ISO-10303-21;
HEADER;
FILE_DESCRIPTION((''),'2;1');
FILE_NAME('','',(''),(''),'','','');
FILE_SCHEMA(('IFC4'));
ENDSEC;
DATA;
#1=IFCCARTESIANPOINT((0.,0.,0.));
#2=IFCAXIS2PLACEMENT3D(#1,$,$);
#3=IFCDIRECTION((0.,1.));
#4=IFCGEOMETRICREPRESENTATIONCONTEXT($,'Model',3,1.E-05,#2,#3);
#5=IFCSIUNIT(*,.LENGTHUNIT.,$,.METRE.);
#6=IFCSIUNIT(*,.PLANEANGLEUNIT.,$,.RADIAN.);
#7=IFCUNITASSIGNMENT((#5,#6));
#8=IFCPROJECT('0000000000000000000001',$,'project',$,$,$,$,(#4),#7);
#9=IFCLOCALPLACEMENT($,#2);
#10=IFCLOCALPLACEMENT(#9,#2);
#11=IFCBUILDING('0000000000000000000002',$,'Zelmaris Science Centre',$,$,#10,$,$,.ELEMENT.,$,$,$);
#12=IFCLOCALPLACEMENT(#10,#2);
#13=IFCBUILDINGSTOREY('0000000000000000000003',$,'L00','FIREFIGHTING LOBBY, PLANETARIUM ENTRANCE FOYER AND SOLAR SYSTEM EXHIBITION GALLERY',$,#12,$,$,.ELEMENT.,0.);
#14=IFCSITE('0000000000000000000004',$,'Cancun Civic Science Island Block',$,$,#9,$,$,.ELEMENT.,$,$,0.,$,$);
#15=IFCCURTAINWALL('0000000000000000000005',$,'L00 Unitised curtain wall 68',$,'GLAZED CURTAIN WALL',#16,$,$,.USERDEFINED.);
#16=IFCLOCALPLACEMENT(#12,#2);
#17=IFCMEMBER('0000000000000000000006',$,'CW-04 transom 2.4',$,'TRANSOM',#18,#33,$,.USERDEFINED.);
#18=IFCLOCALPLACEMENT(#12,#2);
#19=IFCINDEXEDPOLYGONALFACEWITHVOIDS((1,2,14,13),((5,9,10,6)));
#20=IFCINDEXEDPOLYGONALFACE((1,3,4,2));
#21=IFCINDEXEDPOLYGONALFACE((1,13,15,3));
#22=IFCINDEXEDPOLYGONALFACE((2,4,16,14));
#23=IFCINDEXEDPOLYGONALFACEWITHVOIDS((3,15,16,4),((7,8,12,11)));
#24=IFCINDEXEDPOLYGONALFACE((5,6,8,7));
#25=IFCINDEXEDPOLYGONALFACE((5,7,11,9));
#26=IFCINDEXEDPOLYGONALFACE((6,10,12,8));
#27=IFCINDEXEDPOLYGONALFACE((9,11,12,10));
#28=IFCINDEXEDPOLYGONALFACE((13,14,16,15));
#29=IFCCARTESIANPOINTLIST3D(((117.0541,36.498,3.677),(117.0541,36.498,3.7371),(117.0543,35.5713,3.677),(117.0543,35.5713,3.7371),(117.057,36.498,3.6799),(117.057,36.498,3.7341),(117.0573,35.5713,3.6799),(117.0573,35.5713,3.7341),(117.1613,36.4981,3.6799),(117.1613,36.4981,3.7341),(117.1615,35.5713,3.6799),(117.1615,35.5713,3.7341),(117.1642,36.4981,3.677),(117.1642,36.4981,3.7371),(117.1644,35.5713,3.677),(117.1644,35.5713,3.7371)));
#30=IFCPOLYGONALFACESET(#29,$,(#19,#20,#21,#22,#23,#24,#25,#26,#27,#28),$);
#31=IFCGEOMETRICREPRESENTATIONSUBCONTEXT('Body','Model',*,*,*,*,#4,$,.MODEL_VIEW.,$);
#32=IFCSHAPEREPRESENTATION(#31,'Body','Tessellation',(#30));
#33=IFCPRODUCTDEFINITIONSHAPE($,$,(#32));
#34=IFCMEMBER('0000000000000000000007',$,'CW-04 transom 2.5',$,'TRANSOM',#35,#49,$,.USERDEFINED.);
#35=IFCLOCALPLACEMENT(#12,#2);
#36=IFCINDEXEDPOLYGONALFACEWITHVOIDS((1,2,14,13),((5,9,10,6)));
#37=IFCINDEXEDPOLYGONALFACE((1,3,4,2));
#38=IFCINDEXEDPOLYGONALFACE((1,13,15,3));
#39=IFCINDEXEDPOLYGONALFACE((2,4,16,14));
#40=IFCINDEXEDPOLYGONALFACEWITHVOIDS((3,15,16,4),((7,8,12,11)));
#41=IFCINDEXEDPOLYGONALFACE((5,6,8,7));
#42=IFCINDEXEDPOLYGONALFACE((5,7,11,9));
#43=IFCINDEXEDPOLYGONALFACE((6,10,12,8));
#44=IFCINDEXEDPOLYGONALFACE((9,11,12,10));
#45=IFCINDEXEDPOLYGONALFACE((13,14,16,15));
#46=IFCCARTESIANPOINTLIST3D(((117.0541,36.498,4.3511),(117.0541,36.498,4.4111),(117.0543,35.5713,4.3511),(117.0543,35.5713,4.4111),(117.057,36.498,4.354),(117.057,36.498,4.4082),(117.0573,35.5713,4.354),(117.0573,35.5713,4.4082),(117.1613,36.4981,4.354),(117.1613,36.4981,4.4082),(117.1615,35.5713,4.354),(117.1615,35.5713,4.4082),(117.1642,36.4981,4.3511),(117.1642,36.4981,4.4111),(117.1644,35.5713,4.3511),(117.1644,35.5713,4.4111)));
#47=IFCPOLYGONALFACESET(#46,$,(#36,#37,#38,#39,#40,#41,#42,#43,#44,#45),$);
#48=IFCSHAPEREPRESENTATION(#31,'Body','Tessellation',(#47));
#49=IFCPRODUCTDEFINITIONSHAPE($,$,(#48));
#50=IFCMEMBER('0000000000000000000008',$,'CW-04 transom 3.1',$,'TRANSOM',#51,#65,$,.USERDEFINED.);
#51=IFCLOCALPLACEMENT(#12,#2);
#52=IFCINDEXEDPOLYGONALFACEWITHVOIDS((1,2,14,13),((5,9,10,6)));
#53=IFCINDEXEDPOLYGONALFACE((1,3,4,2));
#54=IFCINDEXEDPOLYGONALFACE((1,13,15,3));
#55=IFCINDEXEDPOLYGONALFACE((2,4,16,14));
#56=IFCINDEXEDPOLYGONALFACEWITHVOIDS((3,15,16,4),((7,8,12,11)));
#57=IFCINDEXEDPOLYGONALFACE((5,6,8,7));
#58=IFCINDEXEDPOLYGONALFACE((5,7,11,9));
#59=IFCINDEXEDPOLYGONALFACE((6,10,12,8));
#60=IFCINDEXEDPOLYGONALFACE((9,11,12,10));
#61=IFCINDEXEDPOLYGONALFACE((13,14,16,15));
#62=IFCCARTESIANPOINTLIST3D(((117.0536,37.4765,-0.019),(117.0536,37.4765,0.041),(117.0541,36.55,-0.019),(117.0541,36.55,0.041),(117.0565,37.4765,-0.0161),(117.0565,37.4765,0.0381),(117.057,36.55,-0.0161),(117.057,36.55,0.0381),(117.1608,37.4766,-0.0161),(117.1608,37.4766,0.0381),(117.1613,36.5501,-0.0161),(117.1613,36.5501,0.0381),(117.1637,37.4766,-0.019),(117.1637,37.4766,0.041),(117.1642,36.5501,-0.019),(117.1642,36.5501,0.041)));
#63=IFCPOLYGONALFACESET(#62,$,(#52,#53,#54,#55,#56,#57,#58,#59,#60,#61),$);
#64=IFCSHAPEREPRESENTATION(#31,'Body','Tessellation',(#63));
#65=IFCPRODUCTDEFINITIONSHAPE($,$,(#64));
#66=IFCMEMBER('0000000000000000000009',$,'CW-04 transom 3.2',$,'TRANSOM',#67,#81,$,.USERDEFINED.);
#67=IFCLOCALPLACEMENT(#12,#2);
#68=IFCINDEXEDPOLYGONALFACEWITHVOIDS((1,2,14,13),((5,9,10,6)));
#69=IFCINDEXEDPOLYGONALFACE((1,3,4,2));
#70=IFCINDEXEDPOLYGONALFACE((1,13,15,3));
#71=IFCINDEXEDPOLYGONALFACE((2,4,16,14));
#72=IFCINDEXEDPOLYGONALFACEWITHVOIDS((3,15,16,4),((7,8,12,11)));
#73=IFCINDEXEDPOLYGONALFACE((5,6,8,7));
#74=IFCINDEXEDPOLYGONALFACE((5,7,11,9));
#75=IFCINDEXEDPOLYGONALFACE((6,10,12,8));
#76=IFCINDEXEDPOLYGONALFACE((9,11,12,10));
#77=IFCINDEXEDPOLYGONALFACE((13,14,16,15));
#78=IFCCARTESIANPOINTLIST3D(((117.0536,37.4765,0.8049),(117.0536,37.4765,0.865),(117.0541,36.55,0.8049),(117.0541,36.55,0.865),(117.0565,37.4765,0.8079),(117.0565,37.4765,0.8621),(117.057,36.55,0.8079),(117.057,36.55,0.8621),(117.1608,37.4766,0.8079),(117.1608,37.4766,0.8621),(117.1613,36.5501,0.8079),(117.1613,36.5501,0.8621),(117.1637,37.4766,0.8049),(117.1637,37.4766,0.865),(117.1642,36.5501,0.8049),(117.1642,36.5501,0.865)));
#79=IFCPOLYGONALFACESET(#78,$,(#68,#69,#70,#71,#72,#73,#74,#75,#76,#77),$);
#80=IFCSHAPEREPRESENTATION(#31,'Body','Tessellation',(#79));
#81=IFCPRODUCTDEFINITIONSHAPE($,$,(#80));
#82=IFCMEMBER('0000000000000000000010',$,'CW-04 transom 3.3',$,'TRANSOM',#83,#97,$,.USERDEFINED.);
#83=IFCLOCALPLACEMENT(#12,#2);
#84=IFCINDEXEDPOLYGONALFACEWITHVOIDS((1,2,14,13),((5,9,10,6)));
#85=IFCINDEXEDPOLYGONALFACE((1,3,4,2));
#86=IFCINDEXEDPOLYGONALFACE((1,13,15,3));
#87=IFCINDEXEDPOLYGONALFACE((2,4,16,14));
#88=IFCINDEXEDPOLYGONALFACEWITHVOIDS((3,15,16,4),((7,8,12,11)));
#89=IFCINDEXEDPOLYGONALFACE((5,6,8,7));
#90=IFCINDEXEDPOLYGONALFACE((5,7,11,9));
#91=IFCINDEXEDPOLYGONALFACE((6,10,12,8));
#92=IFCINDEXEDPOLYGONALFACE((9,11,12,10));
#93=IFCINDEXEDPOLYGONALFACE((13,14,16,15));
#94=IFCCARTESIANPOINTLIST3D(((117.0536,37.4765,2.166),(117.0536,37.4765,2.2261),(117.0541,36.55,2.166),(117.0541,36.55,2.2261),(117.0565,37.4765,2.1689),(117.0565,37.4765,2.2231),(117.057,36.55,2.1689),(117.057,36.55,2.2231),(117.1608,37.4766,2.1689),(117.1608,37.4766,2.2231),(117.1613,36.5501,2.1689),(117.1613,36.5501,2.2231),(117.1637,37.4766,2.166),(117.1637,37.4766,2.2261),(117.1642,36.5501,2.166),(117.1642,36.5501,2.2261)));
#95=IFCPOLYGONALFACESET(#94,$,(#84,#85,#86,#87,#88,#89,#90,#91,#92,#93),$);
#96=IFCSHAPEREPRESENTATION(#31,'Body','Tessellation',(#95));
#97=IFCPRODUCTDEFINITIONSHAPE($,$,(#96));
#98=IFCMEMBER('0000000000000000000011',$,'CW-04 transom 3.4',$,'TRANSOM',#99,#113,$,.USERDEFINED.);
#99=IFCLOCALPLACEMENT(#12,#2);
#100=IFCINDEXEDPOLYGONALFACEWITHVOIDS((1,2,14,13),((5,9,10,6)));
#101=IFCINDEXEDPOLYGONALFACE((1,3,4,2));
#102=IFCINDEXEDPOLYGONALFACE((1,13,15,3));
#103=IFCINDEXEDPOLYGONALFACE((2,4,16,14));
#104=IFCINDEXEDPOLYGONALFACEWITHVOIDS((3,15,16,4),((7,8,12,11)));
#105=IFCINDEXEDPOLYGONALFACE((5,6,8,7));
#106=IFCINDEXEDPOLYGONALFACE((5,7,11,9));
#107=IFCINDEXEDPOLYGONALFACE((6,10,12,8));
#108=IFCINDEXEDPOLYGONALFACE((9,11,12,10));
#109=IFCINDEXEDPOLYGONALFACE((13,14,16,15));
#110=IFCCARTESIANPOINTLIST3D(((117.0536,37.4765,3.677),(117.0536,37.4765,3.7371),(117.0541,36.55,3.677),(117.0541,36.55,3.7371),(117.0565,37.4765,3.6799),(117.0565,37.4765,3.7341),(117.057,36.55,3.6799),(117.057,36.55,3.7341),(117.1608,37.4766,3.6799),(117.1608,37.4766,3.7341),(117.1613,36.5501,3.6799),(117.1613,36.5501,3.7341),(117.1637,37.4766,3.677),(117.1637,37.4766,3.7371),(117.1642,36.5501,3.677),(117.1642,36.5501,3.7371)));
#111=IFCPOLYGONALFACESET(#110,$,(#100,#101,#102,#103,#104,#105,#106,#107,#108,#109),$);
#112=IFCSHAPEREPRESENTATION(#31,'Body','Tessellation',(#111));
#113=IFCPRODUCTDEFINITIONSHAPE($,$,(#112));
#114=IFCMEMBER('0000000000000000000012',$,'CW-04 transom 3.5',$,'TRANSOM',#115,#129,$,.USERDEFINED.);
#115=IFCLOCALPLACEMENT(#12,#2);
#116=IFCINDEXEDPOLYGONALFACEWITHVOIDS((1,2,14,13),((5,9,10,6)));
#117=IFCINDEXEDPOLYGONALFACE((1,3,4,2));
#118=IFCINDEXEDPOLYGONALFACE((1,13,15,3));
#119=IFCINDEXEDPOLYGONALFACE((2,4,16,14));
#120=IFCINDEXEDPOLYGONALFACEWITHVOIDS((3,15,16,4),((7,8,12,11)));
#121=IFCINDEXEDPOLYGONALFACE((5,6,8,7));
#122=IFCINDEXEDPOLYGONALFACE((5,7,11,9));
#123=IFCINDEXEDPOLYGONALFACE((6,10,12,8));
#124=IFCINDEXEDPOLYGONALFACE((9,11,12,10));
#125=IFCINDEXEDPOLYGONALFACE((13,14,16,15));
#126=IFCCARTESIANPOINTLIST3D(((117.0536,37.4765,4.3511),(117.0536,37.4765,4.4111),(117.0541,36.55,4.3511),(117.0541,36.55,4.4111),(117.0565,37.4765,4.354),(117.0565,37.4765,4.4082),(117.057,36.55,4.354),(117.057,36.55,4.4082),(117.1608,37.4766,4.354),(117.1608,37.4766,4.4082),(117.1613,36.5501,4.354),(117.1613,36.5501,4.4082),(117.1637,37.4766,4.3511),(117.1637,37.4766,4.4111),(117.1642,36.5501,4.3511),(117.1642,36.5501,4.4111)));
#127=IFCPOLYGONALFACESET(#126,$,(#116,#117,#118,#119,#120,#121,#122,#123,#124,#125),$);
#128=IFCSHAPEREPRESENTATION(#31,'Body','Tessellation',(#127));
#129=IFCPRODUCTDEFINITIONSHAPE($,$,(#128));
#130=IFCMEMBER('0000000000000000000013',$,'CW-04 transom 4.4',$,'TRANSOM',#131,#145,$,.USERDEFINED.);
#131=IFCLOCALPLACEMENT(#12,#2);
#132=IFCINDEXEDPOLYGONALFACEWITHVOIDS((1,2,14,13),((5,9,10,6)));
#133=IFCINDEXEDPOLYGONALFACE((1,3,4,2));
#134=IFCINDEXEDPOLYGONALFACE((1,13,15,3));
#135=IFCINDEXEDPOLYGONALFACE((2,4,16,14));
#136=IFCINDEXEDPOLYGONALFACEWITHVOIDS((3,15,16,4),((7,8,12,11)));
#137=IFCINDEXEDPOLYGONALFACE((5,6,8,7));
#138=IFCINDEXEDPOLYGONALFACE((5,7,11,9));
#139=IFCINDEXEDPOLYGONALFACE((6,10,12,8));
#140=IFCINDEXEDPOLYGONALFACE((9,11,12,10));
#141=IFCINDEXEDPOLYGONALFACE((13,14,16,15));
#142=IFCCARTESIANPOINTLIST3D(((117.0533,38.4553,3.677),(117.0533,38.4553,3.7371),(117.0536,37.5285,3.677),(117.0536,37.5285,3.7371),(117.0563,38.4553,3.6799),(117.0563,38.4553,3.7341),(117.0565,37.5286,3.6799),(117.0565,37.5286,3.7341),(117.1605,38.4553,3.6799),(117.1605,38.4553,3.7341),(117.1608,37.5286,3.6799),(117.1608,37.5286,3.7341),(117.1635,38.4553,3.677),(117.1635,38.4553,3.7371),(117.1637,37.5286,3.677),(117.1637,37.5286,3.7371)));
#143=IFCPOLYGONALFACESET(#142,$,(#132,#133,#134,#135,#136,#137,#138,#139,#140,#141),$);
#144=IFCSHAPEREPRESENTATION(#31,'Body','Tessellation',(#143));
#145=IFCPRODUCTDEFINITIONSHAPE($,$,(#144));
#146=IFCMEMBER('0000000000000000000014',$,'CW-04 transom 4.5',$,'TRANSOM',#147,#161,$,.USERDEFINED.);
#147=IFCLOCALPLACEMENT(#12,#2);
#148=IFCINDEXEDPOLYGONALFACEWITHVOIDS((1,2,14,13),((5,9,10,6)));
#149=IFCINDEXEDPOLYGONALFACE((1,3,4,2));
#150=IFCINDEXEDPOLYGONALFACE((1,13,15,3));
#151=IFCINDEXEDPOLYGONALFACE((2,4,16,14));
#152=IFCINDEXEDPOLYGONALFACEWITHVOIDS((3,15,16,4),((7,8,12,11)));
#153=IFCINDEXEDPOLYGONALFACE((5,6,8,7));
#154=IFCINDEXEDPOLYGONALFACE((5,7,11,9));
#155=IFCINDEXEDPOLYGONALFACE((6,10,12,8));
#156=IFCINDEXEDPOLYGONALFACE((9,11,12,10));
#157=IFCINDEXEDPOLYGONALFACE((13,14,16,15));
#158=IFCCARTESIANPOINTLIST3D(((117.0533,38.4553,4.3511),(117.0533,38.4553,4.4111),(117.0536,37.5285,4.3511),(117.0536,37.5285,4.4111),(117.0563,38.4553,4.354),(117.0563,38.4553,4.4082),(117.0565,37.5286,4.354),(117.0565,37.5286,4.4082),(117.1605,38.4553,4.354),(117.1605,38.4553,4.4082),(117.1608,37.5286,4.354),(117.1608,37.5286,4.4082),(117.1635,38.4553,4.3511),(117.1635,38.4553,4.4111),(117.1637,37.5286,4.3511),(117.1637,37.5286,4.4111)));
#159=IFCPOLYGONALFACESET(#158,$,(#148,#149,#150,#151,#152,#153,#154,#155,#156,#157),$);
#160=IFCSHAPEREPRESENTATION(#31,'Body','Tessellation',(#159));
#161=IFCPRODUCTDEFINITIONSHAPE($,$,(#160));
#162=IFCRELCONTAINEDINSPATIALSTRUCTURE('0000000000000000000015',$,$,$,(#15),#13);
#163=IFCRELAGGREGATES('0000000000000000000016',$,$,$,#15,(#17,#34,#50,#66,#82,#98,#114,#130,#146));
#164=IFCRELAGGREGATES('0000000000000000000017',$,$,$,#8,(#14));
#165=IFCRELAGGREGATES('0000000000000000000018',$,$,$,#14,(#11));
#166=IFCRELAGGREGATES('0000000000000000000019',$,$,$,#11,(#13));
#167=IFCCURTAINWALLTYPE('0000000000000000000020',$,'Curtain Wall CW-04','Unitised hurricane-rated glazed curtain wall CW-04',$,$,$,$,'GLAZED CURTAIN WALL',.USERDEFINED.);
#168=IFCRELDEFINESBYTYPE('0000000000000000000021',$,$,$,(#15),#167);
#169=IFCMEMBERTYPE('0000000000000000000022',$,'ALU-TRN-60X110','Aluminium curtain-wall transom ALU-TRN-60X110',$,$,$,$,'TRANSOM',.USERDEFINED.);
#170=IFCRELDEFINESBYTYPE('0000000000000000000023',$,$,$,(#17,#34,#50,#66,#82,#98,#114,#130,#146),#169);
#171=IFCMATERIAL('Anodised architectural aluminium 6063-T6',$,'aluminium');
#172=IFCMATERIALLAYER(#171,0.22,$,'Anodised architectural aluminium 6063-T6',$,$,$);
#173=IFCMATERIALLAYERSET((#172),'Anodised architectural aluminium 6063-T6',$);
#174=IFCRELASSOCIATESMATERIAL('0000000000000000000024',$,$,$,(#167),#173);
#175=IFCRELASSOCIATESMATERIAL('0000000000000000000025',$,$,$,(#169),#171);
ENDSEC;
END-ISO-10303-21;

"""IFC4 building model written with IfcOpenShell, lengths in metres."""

from ifc_helpers import new_model, si_unit, direction, frame, origin, origin_2d, place, context, subcontext, project, spatial, hollow_rectangle, extrude, material, layer, layer_set, material_profile, profile_set, type_object, element, aggregate, save


model = new_model("IFC4")

# Units and contexts
model_context = context("Model", 3, precision=1e-05, world=origin(), true_north=direction((0.0, 1.0)))
body_context = subcontext(model_context, "Body", "Model", "MODEL_VIEW")
ifc_project = project(units=[si_unit("LENGTHUNIT", "METRE"), si_unit("PLANEANGLEUNIT", "RADIAN")], contexts=[model_context])

# Site, building, storey
site_placement = place(None, origin())
site = spatial("IfcSite", under=ifc_project, at=site_placement, Name="Cancun Civic Science Island Block", CompositionType="ELEMENT", RefElevation=0.0)
building_placement = place(site_placement, origin())
building = spatial("IfcBuilding", under=site, at=building_placement, Name="Zelmaris Science Centre", CompositionType="ELEMENT")
storey_placement = place(building_placement, origin())
storey = spatial("IfcBuildingStorey", under=building, at=storey_placement, Name="L00", Description="FIREFIGHTING LOBBY, PLANETARIUM ENTRANCE FOYER AND SOLAR SYSTEM EXHIBITION GALLERY", CompositionType="ELEMENT", Elevation=0.0)

# Curtain wall, members
ifc_material_1 = material(Name="Anodised architectural aluminium 6063-T6", Category="aluminium")
ifc_layer_1 = layer(ifc_material_1, 0.22, Name="Anodised architectural aluminium 6063-T6")
ifc_layer_set_1 = layer_set([ifc_layer_1], Name="Anodised architectural aluminium 6063-T6")
curtain_wall_type = type_object("IfcCurtainWallType", Name="Curtain Wall CW-04", Description="Unitised hurricane-rated glazed curtain wall CW-04", ElementType="GLAZED CURTAIN WALL", PredefinedType="USERDEFINED", material=ifc_layer_set_1)
curtain_wall_placement = place(storey_placement, origin())
curtain_wall = element("IfcCurtainWall", 1, at=curtain_wall_placement, inside=storey, type_object=curtain_wall_type, Name="L00 Unitised curtain wall 68", ObjectType="GLAZED CURTAIN WALL", PredefinedType="USERDEFINED")
ifc_material_profile_1 = material_profile(ifc_material_1, hollow_rectangle(XDim=0.0601, YDim=0.1101, WallThickness=0.0029, at=origin_2d()), Name="ALU-TRN-60X110")
ifc_profile_set_1 = profile_set([ifc_material_profile_1], Name="Anodised architectural aluminium 6063-T6")
member_type_1 = type_object("IfcMemberType", Name="ALU-TRN-60X110", Description="Aluminium curtain-wall transom ALU-TRN-60X110", ElementType="TRANSOM", PredefinedType="USERDEFINED", material=ifc_profile_set_1)
member_1_placement = place(storey_placement, frame((117.1094, 35.5713, 3.707), z_axis=(-0.000263, 1.0, 0.0), x_axis=(0.0, 0.0, 1.0)))
member_1 = element("IfcMember", 2, at=member_1_placement, type_object=member_type_1, Name="CW-04 transom 2.4", ObjectType="TRANSOM", PredefinedType="USERDEFINED", context=body_context, shape_type="SweptSolid", body=[
    extrude(hollow_rectangle(XDim=0.0601, YDim=0.1101, WallThickness=0.0029, at=origin_2d()), origin(), (0.0, 0.0, 1.0), 0.9268),
])
member_2_placement = place(storey_placement, frame((117.1094, 35.5713, 4.3811), z_axis=(-0.000263, 1.0, 0.0), x_axis=(0.0, 0.0, 1.0)))
member_2 = element("IfcMember", 3, at=member_2_placement, type_object=member_type_1, Name="CW-04 transom 2.5", ObjectType="TRANSOM", PredefinedType="USERDEFINED", context=body_context, shape_type="SweptSolid", body=[
    extrude(hollow_rectangle(XDim=0.0601, YDim=0.1101, WallThickness=0.0029, at=origin_2d()), origin(), (0.0, 0.0, 1.0), 0.9268),
])
member_3_placement = place(storey_placement, frame((117.1091, 36.55, 0.011), z_axis=(-0.000527, 1.0, 0.0), x_axis=(0.0, 0.0, 1.0)))
member_3 = element("IfcMember", 4, at=member_3_placement, type_object=member_type_1, Name="CW-04 transom 3.1", ObjectType="TRANSOM", PredefinedType="USERDEFINED", context=body_context, shape_type="SweptSolid", body=[
    extrude(hollow_rectangle(XDim=0.0601, YDim=0.1101, WallThickness=0.0029, at=origin_2d()), origin(), (0.0, 0.0, 1.0), 0.9265),
])
member_4_placement = place(storey_placement, frame((117.1091, 36.55, 0.835), z_axis=(-0.000527, 1.0, 0.0), x_axis=(0.0, 0.0, 1.0)))
member_4 = element("IfcMember", 5, at=member_4_placement, type_object=member_type_1, Name="CW-04 transom 3.2", ObjectType="TRANSOM", PredefinedType="USERDEFINED", context=body_context, shape_type="SweptSolid", body=[
    extrude(hollow_rectangle(XDim=0.0601, YDim=0.1101, WallThickness=0.0029, at=origin_2d()), origin(), (0.0, 0.0, 1.0), 0.9265),
])
member_5_placement = place(storey_placement, frame((117.1091, 36.55, 2.196), z_axis=(-0.000527, 1.0, 0.0), x_axis=(0.0, 0.0, 1.0)))
member_5 = element("IfcMember", 6, at=member_5_placement, type_object=member_type_1, Name="CW-04 transom 3.3", ObjectType="TRANSOM", PredefinedType="USERDEFINED", context=body_context, shape_type="SweptSolid", body=[
    extrude(hollow_rectangle(XDim=0.0601, YDim=0.1101, WallThickness=0.0029, at=origin_2d()), origin(), (0.0, 0.0, 1.0), 0.9265),
])
member_6_placement = place(storey_placement, frame((117.1091, 36.55, 3.707), z_axis=(-0.000527, 1.0, 0.0), x_axis=(0.0, 0.0, 1.0)))
member_6 = element("IfcMember", 7, at=member_6_placement, type_object=member_type_1, Name="CW-04 transom 3.4", ObjectType="TRANSOM", PredefinedType="USERDEFINED", context=body_context, shape_type="SweptSolid", body=[
    extrude(hollow_rectangle(XDim=0.0601, YDim=0.1101, WallThickness=0.0029, at=origin_2d()), origin(), (0.0, 0.0, 1.0), 0.9265),
])
member_7_placement = place(storey_placement, frame((117.1091, 36.55, 4.3811), z_axis=(-0.000527, 1.0, 0.0), x_axis=(0.0, 0.0, 1.0)))
member_7 = element("IfcMember", 8, at=member_7_placement, type_object=member_type_1, Name="CW-04 transom 3.5", ObjectType="TRANSOM", PredefinedType="USERDEFINED", context=body_context, shape_type="SweptSolid", body=[
    extrude(hollow_rectangle(XDim=0.0601, YDim=0.1101, WallThickness=0.0029, at=origin_2d()), origin(), (0.0, 0.0, 1.0), 0.9265),
])
member_8_placement = place(storey_placement, frame((117.1086, 37.5286, 3.707), z_axis=(-0.000263, 1.0, 0.0), x_axis=(0.0, 0.0, 1.0)))
member_8 = element("IfcMember", 9, at=member_8_placement, type_object=member_type_1, Name="CW-04 transom 4.4", ObjectType="TRANSOM", PredefinedType="USERDEFINED", context=body_context, shape_type="SweptSolid", body=[
    extrude(hollow_rectangle(XDim=0.0601, YDim=0.1101, WallThickness=0.0029, at=origin_2d()), origin(), (0.0, 0.0, 1.0), 0.9268),
])
member_9_placement = place(storey_placement, frame((117.1086, 37.5286, 4.3811), z_axis=(-0.000263, 1.0, 0.0), x_axis=(0.0, 0.0, 1.0)))
member_9 = element("IfcMember", 10, at=member_9_placement, type_object=member_type_1, Name="CW-04 transom 4.5", ObjectType="TRANSOM", PredefinedType="USERDEFINED", context=body_context, shape_type="SweptSolid", body=[
    extrude(hollow_rectangle(XDim=0.0601, YDim=0.1101, WallThickness=0.0029, at=origin_2d()), origin(), (0.0, 0.0, 1.0), 0.9268),
])

aggregate(curtain_wall, [member_1, member_2, member_3, member_4, member_5, member_6, member_7, member_8, member_9])

save(model, "model.ifc")
